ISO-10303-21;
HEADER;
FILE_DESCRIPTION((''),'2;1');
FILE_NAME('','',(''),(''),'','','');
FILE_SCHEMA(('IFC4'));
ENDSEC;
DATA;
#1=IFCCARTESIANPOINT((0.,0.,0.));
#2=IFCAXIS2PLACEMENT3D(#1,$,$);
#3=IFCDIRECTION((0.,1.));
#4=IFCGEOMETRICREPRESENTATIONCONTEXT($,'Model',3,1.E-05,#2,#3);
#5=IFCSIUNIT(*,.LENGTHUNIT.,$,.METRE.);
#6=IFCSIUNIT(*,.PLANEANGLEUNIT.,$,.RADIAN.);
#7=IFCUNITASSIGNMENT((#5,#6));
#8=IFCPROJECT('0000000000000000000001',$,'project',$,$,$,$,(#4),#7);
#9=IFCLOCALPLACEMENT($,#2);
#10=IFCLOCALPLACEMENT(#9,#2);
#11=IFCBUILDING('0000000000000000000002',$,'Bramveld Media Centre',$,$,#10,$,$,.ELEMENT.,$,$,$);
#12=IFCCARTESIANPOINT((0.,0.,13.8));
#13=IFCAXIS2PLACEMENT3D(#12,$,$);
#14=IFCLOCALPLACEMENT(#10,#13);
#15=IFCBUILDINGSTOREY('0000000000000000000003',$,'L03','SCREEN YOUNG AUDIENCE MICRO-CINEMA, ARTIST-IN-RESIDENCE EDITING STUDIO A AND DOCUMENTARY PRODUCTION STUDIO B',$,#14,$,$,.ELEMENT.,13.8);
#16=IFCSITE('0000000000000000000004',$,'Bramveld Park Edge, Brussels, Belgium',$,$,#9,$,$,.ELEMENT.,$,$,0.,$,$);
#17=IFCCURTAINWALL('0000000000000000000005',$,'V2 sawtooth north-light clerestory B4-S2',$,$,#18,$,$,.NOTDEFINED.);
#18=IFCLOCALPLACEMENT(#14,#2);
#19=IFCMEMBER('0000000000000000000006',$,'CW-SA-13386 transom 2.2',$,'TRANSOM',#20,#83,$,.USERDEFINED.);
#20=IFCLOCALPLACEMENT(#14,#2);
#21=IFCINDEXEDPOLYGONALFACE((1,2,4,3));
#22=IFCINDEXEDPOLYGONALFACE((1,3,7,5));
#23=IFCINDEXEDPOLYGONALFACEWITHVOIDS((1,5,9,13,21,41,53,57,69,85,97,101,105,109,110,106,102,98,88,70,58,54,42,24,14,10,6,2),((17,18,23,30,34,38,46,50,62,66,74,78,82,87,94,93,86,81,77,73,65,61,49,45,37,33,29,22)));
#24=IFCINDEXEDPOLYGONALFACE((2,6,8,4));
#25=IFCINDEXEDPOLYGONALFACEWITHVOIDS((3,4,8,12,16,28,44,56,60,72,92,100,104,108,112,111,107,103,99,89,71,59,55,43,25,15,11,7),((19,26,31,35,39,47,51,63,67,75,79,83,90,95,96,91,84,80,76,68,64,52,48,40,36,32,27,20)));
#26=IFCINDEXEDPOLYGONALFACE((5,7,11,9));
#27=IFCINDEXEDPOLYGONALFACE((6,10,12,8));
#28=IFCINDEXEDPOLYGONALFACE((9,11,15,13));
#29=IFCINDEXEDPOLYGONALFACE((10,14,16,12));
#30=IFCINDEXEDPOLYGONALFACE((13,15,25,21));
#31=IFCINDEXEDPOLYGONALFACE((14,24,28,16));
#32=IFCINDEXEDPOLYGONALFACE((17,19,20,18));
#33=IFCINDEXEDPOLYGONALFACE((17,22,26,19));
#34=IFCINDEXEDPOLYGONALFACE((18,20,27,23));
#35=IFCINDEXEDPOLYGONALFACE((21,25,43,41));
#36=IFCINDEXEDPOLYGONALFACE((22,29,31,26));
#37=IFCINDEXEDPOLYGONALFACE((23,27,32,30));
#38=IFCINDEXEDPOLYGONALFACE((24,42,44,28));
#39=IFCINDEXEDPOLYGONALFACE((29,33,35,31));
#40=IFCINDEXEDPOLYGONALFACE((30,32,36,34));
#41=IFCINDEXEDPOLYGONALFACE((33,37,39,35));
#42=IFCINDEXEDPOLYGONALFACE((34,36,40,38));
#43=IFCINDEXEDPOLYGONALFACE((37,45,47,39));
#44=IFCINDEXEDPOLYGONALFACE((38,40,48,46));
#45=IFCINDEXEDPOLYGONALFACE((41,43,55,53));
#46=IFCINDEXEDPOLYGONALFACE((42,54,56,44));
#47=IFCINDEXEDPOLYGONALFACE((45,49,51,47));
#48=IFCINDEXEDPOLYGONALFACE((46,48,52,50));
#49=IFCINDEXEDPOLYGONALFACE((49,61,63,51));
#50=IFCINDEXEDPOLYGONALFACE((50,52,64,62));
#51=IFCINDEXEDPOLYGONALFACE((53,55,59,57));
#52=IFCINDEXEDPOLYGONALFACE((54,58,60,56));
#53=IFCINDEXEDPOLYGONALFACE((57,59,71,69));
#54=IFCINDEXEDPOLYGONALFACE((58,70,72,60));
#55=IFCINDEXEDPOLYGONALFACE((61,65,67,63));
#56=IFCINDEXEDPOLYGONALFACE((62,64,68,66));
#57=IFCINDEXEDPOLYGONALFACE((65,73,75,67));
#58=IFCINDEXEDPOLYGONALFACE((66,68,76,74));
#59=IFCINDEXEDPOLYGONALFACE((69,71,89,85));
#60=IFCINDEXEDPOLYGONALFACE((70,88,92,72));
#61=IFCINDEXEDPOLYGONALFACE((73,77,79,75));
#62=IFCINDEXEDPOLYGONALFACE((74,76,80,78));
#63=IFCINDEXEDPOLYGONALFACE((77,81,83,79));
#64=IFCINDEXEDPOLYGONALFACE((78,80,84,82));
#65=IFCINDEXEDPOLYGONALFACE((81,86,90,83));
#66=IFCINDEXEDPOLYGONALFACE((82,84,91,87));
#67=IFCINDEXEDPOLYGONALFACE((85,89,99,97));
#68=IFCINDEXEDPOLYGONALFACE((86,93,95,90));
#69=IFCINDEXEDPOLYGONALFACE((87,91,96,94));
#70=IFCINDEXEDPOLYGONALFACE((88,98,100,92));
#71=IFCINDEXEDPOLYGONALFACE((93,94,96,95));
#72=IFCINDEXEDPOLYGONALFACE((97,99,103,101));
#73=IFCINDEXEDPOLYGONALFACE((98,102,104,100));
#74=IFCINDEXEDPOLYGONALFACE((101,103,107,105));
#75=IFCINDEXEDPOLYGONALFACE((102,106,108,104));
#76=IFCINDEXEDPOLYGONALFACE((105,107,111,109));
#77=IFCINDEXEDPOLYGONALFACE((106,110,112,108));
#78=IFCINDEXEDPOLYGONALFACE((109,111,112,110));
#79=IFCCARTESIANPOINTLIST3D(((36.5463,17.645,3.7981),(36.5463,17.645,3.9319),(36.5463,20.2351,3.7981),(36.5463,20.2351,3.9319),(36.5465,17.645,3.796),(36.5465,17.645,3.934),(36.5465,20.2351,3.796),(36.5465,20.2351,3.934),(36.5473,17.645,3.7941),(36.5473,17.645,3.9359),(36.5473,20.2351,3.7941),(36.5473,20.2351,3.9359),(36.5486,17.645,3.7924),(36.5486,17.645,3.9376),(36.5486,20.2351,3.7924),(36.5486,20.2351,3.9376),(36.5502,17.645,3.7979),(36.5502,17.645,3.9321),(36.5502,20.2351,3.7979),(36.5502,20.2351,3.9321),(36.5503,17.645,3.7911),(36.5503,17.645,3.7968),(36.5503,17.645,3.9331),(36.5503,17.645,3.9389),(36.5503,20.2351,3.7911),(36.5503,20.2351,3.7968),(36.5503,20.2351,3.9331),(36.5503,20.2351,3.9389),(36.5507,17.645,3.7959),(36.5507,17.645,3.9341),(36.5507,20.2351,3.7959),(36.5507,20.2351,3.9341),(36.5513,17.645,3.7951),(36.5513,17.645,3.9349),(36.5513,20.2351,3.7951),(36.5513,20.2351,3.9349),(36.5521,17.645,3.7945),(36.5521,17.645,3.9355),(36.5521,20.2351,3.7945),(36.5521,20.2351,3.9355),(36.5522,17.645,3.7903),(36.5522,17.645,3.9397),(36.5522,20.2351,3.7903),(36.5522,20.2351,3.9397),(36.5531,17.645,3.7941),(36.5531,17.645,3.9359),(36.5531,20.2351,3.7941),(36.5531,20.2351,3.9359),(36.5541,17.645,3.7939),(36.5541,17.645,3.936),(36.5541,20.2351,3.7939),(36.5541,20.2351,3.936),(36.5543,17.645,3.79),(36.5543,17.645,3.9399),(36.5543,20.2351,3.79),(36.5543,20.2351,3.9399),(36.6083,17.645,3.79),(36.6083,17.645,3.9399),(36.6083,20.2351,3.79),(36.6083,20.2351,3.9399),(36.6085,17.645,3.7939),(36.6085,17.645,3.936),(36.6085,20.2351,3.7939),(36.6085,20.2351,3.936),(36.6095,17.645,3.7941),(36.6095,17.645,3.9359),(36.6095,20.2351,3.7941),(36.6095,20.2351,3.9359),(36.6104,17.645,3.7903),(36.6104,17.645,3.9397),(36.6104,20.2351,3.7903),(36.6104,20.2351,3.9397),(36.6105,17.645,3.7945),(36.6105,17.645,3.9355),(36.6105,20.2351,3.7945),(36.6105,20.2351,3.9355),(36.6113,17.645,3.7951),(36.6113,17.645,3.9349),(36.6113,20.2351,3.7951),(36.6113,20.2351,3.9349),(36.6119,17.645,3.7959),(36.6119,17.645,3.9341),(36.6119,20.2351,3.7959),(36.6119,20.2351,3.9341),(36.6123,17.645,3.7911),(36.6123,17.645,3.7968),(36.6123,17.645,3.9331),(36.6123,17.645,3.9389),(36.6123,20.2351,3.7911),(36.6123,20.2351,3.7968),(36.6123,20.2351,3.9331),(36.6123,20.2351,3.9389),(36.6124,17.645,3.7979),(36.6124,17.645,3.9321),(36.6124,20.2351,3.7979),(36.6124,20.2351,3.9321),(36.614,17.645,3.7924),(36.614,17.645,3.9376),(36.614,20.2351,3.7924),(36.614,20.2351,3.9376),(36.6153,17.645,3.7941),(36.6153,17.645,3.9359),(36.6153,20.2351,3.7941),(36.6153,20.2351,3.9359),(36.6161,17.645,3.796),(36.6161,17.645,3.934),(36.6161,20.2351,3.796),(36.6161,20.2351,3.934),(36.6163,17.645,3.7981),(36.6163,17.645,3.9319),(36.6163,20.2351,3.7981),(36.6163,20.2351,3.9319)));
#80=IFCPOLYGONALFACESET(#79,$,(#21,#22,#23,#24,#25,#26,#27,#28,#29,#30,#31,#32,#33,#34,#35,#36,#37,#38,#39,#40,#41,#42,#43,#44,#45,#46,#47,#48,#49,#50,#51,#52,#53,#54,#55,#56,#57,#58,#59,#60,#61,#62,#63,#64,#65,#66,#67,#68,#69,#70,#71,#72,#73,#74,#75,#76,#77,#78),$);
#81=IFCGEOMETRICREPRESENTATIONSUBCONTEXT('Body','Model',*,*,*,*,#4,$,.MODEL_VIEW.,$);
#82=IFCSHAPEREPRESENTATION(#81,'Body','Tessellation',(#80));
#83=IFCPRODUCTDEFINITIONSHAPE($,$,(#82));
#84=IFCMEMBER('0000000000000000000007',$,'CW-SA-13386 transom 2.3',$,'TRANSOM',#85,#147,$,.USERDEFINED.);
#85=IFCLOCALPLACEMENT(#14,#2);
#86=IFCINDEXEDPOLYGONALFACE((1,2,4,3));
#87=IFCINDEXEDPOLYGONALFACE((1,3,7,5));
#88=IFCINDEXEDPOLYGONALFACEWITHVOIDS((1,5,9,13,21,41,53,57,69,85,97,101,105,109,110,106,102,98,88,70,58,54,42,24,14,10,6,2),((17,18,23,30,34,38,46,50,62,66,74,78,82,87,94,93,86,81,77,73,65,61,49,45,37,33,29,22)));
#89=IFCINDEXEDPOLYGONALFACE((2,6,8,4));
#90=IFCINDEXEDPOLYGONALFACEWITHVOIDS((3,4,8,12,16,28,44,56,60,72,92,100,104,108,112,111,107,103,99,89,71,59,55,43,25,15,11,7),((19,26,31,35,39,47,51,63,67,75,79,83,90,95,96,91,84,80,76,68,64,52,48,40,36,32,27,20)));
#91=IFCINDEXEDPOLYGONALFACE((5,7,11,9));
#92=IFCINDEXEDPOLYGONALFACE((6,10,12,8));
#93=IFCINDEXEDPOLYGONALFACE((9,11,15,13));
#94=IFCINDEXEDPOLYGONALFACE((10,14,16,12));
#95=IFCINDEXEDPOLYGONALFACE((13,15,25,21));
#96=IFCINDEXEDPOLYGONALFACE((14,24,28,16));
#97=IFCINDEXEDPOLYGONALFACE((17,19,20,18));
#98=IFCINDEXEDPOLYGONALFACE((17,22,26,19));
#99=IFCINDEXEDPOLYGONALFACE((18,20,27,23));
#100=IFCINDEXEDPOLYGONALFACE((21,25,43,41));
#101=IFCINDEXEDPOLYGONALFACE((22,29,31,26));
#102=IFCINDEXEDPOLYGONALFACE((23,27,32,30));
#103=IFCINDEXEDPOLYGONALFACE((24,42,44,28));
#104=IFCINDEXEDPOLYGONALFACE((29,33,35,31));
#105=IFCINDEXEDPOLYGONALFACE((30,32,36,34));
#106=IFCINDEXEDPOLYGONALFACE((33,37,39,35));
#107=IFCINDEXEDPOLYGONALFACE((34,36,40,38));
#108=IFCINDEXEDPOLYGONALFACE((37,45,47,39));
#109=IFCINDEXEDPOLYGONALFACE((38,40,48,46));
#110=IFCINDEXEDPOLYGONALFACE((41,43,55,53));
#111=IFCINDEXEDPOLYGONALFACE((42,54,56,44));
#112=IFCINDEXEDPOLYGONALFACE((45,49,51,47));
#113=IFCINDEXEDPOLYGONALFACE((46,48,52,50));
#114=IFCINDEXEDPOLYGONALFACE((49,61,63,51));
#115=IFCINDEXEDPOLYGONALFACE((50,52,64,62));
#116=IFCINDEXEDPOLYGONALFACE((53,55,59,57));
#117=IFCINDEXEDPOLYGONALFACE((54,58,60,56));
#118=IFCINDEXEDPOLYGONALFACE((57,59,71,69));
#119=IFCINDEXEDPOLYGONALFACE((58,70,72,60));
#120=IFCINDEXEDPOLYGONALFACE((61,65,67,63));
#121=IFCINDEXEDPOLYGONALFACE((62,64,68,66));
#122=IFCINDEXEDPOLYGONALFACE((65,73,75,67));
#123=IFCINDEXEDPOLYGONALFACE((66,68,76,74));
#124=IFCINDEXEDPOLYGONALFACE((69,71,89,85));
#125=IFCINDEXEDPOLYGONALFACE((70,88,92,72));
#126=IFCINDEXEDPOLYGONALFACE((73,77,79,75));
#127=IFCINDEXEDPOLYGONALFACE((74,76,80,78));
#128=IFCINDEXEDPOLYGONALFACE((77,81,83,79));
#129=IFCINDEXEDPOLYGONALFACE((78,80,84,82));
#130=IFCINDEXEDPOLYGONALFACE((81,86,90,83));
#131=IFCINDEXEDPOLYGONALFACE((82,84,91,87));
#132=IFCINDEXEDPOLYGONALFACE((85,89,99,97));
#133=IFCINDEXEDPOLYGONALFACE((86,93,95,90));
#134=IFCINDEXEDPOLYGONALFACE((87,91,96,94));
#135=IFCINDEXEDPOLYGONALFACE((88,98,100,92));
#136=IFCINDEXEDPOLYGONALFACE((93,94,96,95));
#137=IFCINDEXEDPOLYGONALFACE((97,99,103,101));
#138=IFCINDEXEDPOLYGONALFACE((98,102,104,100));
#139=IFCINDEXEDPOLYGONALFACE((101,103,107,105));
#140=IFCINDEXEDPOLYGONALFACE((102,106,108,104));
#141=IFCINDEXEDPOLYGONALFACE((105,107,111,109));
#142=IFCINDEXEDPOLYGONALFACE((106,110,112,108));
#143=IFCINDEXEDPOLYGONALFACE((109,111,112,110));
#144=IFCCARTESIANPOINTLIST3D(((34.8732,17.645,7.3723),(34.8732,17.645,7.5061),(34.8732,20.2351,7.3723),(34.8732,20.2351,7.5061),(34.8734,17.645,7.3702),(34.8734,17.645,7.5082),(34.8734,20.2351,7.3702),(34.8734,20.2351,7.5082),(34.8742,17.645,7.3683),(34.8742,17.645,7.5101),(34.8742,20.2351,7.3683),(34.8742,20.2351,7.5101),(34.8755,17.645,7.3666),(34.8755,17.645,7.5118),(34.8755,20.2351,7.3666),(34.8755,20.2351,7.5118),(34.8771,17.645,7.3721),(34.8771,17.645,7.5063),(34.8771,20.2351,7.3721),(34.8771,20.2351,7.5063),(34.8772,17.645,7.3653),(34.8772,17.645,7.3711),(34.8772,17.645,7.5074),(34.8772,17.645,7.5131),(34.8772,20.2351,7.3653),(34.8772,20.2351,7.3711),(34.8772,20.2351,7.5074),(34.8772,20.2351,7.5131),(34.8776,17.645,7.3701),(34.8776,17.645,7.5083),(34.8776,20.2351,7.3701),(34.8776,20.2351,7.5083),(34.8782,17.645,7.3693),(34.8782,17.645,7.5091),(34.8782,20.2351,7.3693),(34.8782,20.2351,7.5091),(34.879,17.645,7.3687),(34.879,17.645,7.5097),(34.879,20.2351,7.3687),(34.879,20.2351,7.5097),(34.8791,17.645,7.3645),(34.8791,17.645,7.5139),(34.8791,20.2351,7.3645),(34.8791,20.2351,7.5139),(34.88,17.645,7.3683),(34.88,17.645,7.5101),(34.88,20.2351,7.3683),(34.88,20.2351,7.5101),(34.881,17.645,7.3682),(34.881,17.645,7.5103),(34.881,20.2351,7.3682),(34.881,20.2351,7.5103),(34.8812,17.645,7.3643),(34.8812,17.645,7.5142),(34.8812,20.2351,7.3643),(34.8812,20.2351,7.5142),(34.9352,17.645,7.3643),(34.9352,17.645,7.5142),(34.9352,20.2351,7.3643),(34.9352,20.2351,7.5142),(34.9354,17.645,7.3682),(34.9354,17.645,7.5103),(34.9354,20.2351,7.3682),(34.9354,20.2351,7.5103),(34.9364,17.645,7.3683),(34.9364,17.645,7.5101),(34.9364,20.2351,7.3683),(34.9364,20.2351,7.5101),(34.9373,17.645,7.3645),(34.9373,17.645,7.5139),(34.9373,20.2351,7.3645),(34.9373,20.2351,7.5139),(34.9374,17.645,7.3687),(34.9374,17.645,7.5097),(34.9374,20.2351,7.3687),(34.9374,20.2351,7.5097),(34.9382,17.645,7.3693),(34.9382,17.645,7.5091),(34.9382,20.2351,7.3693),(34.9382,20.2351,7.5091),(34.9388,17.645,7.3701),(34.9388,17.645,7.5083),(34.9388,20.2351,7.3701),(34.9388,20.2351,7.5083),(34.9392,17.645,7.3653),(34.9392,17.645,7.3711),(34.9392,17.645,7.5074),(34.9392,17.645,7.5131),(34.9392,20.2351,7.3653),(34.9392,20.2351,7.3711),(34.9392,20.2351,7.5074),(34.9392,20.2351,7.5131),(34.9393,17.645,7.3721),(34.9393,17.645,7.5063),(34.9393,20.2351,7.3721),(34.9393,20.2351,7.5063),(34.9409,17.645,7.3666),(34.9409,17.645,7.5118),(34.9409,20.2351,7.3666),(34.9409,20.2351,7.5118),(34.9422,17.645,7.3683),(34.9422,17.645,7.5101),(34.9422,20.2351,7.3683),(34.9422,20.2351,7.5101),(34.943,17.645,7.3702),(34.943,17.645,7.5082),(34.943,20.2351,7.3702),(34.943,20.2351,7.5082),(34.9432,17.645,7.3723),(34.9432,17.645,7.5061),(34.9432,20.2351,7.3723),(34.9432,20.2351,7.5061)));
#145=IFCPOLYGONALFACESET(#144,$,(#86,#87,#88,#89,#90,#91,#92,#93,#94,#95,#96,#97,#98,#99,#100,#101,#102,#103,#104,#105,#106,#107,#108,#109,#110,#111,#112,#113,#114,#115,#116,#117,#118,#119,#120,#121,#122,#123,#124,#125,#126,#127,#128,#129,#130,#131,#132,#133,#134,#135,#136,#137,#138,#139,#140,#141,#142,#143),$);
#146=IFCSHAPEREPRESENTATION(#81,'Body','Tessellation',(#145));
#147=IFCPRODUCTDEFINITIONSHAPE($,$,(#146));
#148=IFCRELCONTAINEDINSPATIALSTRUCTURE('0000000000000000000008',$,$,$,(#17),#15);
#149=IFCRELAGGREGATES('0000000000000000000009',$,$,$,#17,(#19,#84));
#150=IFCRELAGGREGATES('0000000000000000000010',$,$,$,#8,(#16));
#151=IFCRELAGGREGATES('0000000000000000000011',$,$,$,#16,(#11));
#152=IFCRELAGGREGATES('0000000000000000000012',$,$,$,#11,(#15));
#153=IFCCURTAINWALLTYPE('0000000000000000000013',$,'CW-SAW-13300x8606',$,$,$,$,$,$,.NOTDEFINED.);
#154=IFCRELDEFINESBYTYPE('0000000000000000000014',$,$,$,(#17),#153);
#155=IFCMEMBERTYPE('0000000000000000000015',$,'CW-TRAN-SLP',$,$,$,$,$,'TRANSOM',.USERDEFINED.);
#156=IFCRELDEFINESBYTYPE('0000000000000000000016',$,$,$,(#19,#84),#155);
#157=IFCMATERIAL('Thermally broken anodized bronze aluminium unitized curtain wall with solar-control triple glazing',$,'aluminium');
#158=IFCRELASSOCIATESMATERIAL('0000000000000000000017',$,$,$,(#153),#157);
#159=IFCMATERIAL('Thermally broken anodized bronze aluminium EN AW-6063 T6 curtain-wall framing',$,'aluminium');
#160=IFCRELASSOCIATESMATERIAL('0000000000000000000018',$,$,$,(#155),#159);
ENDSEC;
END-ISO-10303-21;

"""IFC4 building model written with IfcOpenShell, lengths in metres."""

from ifc_helpers import new_model, si_unit, direction, frame, origin, origin_2d, place, context, subcontext, project, spatial, hollow_rectangle, extrude, material, material_profile, profile_set, type_object, element, aggregate, save


model = new_model("IFC4")

# Units and contexts
model_context = context("Model", 3, precision=1e-05, world=origin(), true_north=direction((0.0, 1.0)))
body_context = subcontext(model_context, "Body", "Model", "MODEL_VIEW")
ifc_project = project(units=[si_unit("LENGTHUNIT", "METRE"), si_unit("PLANEANGLEUNIT", "RADIAN")], contexts=[model_context])

# Site, building, storey
site_placement = place(None, origin())
site = spatial("IfcSite", under=ifc_project, at=site_placement, Name="Bramveld Park Edge, Brussels, Belgium", CompositionType="ELEMENT", RefElevation=0.0)
building_placement = place(site_placement, origin())
building = spatial("IfcBuilding", under=site, at=building_placement, Name="Bramveld Media Centre", CompositionType="ELEMENT")
storey_placement = place(building_placement, frame((0.0, 0.0, 13.8)))
storey = spatial("IfcBuildingStorey", under=building, at=storey_placement, Name="L03", Description="SCREEN YOUNG AUDIENCE MICRO-CINEMA, ARTIST-IN-RESIDENCE EDITING STUDIO A AND DOCUMENTARY PRODUCTION STUDIO B", CompositionType="ELEMENT", Elevation=13.8)

# Curtain wall
ifc_material_1 = material(Name="Thermally broken anodized bronze aluminium unitized curtain wall with solar-control triple glazing", Category="aluminium")
curtain_wall_type = type_object("IfcCurtainWallType", Name="CW-SAW-13300x8606", PredefinedType="NOTDEFINED", material=ifc_material_1)
curtain_wall_1_placement = place(storey_placement, origin())
curtain_wall_1 = element("IfcCurtainWall", 1, at=curtain_wall_1_placement, inside=storey, type_object=curtain_wall_type, Name="V2 sawtooth north-light clerestory B4-S2", PredefinedType="NOTDEFINED")

# Members
ifc_material_2 = material(Name="Thermally broken anodized bronze aluminium EN AW-6063 T6 curtain-wall framing", Category="aluminium")
ifc_material_profile_1 = material_profile(ifc_material_2, hollow_rectangle(XDim=0.0701, YDim=0.1499, WallThickness=0.0039, InnerFilletRadius=0.0039, OuterFilletRadius=0.0081, at=origin_2d()), Name="AL-TRAN 70x150")
ifc_profile_set_1 = profile_set([ifc_material_profile_1], Name="Thermally broken anodized bronze aluminium EN AW-6063 T6 curtain-wall framing")
member_type_1 = type_object("IfcMemberType", Name="CW-TRAN-SLP", ElementType="TRANSOM", PredefinedType="USERDEFINED", material=ifc_profile_set_1)
member_1_placement = place(storey_placement, frame((36.5813, 17.645, 3.865), z_axis=(0.0, 1.0, 0.0), x_axis=(-1.0, 0.0, 0.0)))
member_1 = element("IfcMember", 2, at=member_1_placement, type_object=member_type_1, Name="CW-SA-13386 transom 2.2", ObjectType="TRANSOM", PredefinedType="USERDEFINED", context=body_context, shape_type="SweptSolid", body=[
    extrude(hollow_rectangle(XDim=0.0701, YDim=0.1499, WallThickness=0.0039, InnerFilletRadius=0.0039, OuterFilletRadius=0.0081, at=origin_2d()), origin(), (0.0, 0.0, 1.0), 2.5901),
])
member_2_placement = place(storey_placement, frame((34.9082, 17.645, 7.4392), z_axis=(0.0, 1.0, 0.0), x_axis=(-1.0, 0.0, 0.0)))
member_2 = element("IfcMember", 3, at=member_2_placement, type_object=member_type_1, Name="CW-SA-13386 transom 2.3", ObjectType="TRANSOM", PredefinedType="USERDEFINED", context=body_context, shape_type="SweptSolid", body=[
    extrude(hollow_rectangle(XDim=0.0701, YDim=0.1499, WallThickness=0.0039, InnerFilletRadius=0.0039, OuterFilletRadius=0.0081, at=origin_2d()), origin(), (0.0, 0.0, 1.0), 2.5901),
])

aggregate(curtain_wall_1, [member_1, member_2])

save(model, "model.ifc")
